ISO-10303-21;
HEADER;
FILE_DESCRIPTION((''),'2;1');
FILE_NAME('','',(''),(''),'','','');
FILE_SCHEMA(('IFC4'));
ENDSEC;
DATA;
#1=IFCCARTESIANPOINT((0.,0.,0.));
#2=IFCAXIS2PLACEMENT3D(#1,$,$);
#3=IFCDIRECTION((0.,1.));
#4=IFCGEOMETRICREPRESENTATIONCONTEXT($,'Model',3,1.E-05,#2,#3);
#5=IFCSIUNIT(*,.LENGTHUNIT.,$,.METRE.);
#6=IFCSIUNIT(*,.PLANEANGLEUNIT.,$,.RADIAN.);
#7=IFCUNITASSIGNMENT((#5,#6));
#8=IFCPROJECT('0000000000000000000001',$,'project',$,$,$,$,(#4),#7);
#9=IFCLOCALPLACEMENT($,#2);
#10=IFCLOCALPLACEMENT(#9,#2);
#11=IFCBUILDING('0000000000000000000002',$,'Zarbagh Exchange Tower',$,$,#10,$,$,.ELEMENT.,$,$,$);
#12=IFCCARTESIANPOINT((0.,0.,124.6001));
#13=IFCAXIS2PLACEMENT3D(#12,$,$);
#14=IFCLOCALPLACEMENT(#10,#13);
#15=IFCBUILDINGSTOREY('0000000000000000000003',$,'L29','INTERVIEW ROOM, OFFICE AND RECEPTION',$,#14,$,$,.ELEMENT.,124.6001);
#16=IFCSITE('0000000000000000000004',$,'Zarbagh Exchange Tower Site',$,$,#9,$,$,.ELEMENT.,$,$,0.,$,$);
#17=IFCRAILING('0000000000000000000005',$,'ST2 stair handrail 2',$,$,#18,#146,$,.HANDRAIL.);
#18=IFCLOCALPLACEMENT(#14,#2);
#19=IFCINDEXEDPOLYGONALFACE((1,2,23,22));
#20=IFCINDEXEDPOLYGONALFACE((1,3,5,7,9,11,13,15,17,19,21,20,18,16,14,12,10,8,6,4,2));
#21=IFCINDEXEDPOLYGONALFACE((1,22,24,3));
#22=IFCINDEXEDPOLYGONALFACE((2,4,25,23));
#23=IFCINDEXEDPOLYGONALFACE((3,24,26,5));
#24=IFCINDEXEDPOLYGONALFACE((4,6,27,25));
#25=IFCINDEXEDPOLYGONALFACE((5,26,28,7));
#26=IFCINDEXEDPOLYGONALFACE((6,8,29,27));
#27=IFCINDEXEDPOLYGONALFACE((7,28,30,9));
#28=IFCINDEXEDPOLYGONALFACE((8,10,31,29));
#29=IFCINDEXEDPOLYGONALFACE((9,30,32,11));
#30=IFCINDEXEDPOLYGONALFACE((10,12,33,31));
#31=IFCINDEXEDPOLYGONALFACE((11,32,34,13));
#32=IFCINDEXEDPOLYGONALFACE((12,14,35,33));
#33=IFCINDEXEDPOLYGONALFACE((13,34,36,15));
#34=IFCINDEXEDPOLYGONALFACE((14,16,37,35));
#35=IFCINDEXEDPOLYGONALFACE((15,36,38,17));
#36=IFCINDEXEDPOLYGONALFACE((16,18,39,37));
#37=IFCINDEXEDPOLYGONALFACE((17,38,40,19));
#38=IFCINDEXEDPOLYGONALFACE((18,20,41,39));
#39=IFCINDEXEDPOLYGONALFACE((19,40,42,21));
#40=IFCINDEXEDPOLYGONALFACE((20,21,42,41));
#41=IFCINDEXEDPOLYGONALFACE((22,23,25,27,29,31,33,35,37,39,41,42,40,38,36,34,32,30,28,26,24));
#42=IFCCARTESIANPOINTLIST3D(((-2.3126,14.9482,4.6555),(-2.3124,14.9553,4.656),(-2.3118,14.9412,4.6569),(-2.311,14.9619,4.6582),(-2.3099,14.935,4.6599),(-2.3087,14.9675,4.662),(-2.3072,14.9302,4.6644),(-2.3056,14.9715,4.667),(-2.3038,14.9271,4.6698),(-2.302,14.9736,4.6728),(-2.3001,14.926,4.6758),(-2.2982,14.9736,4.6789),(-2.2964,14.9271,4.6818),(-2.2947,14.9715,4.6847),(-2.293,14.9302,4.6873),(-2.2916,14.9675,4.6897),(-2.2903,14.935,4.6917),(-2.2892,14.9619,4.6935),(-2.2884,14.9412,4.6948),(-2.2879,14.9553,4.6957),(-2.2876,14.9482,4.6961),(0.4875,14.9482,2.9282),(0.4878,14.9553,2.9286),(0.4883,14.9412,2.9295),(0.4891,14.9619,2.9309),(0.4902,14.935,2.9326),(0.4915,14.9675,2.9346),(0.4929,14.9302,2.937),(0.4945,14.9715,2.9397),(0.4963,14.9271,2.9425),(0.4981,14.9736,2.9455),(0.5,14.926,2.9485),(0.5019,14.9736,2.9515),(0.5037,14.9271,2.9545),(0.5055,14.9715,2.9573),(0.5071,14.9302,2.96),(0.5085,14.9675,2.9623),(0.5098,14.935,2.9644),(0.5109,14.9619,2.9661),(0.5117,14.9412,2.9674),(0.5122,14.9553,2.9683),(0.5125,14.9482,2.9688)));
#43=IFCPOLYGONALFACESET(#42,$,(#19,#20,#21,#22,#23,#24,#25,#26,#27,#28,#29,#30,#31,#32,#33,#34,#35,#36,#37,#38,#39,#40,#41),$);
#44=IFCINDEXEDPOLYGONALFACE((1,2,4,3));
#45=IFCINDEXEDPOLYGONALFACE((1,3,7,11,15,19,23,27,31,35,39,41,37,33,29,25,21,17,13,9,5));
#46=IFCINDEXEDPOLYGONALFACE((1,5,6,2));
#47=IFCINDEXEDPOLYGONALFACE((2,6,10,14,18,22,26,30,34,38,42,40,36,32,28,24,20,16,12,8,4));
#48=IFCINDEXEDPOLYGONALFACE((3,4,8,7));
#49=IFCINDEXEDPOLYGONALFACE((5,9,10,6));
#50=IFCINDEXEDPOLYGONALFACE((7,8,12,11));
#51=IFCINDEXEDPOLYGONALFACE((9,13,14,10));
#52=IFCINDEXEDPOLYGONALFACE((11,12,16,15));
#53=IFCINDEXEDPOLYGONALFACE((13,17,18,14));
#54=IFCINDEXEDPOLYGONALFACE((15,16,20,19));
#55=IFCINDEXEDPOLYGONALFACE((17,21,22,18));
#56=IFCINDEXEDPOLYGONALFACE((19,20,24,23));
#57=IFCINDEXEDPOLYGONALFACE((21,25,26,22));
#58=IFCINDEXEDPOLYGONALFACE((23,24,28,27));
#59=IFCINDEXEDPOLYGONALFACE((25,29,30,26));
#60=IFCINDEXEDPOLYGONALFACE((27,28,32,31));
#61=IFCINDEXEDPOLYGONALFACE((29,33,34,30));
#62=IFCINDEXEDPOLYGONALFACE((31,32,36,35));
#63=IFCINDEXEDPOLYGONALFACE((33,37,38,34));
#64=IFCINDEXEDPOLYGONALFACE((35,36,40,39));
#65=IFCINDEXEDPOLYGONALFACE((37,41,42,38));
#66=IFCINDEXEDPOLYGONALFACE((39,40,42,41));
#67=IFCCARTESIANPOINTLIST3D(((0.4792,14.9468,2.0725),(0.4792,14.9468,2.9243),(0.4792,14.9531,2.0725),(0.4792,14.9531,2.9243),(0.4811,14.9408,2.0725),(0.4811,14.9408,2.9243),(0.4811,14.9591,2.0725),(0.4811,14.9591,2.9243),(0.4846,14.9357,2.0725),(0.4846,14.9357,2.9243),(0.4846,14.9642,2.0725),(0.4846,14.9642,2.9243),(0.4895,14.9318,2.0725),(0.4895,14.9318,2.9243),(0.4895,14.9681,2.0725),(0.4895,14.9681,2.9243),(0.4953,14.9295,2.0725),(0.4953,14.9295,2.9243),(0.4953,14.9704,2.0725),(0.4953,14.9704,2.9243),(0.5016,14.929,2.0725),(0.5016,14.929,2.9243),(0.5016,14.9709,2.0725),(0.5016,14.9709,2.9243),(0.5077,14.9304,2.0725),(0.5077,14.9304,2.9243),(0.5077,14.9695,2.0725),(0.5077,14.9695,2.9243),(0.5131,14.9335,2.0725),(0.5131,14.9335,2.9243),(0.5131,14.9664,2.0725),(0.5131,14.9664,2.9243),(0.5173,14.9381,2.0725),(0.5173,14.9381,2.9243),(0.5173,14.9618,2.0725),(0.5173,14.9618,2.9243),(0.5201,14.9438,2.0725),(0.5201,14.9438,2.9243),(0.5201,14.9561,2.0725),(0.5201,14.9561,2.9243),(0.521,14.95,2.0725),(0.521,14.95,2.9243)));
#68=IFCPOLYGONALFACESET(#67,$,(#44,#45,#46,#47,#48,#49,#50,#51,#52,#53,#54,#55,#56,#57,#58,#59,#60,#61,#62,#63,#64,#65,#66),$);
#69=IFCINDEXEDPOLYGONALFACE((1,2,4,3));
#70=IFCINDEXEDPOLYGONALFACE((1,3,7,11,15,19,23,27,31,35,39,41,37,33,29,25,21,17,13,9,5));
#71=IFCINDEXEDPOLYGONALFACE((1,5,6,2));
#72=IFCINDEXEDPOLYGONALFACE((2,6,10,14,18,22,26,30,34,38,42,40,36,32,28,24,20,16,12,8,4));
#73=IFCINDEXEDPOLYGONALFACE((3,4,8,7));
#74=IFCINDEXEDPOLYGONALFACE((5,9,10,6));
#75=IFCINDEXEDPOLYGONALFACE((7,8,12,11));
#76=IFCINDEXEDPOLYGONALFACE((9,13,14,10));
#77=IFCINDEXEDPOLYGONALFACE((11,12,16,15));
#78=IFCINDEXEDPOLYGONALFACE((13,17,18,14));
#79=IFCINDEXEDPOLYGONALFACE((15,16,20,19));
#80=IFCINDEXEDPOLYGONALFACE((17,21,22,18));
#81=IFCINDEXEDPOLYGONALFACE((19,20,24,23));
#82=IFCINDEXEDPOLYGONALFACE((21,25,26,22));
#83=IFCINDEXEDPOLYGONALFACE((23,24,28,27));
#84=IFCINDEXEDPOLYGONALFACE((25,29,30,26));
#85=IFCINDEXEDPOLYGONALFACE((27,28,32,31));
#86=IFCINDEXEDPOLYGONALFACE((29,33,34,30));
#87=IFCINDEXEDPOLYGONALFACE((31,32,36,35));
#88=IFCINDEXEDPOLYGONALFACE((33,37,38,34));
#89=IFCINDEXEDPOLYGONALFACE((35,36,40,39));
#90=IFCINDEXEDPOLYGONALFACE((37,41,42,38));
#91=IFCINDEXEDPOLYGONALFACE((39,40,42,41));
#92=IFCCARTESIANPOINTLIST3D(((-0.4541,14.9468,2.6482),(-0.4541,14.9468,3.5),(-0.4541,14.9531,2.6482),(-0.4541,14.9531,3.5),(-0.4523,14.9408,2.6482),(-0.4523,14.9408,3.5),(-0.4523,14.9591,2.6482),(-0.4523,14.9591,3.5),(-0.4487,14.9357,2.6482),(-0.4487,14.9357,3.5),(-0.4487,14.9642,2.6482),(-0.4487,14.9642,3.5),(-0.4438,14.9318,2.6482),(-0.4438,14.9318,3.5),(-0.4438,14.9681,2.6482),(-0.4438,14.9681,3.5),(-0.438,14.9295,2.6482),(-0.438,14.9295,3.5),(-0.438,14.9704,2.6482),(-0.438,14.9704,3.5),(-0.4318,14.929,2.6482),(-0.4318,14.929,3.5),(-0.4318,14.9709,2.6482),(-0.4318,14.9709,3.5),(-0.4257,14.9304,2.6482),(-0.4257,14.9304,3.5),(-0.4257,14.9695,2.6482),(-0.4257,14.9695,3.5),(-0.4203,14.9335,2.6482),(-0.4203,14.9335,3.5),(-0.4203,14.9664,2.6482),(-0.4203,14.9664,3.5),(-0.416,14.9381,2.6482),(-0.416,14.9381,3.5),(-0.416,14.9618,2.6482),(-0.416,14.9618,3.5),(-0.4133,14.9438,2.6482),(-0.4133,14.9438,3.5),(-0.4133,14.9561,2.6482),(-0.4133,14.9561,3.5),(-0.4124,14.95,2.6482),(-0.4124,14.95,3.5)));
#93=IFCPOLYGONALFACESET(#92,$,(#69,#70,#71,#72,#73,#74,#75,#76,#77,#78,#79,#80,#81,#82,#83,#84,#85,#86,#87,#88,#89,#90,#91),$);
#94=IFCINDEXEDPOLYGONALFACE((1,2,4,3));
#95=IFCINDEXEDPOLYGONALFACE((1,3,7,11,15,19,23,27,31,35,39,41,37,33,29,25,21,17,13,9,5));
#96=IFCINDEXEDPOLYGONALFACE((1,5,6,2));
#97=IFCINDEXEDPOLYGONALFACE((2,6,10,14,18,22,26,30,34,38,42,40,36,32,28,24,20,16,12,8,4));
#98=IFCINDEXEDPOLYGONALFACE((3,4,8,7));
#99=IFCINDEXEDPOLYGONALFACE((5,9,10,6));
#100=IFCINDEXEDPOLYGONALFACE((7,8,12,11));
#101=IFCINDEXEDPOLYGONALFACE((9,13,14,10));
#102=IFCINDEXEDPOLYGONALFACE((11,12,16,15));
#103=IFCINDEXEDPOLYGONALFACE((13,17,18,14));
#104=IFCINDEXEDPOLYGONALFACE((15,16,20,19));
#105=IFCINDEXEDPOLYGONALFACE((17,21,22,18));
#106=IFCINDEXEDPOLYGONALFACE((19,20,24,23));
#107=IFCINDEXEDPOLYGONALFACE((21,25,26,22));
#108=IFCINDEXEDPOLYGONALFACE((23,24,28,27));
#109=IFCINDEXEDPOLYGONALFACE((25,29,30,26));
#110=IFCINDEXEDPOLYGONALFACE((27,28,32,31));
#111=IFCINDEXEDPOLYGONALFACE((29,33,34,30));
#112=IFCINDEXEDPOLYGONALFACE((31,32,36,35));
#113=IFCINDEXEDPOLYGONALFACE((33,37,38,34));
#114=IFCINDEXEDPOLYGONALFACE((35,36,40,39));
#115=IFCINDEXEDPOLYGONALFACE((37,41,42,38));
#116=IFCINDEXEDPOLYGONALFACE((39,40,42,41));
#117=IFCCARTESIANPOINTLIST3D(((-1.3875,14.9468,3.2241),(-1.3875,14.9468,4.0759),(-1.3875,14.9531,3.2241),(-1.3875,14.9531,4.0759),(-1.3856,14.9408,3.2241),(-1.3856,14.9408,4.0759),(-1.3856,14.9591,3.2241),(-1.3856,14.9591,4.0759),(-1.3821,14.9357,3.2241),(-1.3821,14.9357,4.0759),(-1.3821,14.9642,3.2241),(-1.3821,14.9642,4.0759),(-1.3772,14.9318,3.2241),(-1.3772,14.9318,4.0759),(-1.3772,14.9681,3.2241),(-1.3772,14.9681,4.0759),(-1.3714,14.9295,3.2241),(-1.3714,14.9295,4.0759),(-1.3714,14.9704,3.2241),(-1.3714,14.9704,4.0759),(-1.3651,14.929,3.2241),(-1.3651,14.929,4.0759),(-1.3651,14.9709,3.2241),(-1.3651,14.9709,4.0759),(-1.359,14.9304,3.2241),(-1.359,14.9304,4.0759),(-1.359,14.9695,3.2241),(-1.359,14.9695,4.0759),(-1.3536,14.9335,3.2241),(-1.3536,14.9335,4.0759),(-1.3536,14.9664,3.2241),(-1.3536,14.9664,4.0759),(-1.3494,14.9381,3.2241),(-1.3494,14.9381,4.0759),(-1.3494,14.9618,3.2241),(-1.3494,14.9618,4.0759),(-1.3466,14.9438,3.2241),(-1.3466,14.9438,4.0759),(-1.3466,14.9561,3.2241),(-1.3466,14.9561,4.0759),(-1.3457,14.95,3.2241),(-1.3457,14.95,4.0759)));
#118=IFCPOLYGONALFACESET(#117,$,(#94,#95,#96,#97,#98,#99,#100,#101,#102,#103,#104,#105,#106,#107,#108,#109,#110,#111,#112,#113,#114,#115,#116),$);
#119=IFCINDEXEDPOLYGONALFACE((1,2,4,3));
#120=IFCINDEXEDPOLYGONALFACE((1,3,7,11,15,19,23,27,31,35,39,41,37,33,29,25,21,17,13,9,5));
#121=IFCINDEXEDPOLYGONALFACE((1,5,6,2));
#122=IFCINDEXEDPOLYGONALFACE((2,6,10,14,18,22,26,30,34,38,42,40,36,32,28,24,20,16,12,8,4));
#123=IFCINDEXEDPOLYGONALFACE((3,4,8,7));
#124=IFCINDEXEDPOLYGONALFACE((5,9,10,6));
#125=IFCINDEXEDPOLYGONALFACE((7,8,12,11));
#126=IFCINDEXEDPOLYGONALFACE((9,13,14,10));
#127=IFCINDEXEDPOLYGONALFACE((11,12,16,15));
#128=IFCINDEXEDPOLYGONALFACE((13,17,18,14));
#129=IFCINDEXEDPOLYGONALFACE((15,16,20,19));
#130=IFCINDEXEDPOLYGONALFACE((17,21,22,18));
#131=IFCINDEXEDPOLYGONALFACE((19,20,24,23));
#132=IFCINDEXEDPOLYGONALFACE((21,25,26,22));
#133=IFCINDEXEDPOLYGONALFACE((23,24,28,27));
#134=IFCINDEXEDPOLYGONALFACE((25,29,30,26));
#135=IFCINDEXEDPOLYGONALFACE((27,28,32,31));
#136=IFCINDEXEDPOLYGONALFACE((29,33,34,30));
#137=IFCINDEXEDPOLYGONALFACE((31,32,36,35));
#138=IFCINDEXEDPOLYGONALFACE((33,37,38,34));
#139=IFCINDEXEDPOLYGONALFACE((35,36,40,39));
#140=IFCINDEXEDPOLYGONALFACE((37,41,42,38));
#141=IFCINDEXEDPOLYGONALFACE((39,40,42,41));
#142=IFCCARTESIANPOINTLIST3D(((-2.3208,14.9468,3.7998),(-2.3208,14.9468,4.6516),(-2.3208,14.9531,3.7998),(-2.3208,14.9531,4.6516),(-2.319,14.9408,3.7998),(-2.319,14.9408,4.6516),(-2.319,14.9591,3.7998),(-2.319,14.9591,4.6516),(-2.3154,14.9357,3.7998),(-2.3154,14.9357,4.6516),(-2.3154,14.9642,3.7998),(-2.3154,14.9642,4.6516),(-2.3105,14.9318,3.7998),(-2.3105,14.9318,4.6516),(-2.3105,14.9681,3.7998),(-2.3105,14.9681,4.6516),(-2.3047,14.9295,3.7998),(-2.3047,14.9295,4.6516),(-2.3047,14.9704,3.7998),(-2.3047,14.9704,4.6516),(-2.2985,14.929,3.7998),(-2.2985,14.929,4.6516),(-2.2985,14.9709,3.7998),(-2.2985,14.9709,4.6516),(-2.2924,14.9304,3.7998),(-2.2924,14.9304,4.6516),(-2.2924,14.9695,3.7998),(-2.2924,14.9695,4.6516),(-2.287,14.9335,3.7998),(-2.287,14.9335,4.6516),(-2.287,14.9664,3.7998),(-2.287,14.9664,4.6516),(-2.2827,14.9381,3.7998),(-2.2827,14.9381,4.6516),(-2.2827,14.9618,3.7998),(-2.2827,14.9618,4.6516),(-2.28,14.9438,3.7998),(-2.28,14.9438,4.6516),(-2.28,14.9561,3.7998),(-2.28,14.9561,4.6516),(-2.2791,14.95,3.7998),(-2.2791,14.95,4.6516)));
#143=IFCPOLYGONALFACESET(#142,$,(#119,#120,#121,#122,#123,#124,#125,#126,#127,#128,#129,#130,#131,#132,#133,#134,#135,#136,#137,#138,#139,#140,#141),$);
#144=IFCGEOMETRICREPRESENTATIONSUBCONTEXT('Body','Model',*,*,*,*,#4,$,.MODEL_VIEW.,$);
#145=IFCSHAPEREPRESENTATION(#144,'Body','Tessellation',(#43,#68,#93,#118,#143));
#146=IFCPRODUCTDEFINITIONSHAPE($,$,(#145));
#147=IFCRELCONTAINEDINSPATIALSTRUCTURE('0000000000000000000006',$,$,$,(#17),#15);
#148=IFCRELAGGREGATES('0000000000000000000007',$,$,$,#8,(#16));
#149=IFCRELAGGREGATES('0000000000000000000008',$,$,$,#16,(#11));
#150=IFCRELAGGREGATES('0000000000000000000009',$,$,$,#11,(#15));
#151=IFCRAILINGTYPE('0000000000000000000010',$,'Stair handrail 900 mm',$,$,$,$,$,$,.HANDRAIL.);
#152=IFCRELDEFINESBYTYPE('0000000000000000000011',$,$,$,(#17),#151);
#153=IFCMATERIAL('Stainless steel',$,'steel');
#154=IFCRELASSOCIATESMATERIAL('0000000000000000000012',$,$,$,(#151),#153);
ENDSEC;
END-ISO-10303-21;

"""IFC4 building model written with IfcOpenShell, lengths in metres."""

from ifc_helpers import new_model, si_unit, direction, frame, origin, origin_2d, place, context, subcontext, project, spatial, circle, extrude, material, type_object, element, save


model = new_model("IFC4")

# Units and contexts
model_context = context("Model", 3, precision=1e-05, world=origin(), true_north=direction((0.0, 1.0)))
body_context = subcontext(model_context, "Body", "Model", "MODEL_VIEW")
ifc_project = project(units=[si_unit("LENGTHUNIT", "METRE"), si_unit("PLANEANGLEUNIT", "RADIAN")], contexts=[model_context])

# Site, building, storey
site_placement = place(None, origin())
site = spatial("IfcSite", under=ifc_project, at=site_placement, Name="Zarbagh Exchange Tower Site", CompositionType="ELEMENT", RefElevation=0.0)
building_placement = place(site_placement, origin())
building = spatial("IfcBuilding", under=site, at=building_placement, Name="Zarbagh Exchange Tower", CompositionType="ELEMENT")
storey_placement = place(building_placement, frame((0.0, 0.0, 124.6001)))
storey = spatial("IfcBuildingStorey", under=building, at=storey_placement, Name="L29", Description="INTERVIEW ROOM, OFFICE AND RECEPTION", CompositionType="ELEMENT", Elevation=124.6001)

# Shared definitions
ifc_material_1 = material(Name="Stainless steel", Category="steel")

# Railing
railing_type = type_object("IfcRailingType", Name="Stair handrail 900 mm", PredefinedType="HANDRAIL", material=ifc_material_1)
railing_placement = place(storey_placement, frame((0.5, 14.95, 2.0725)))
element("IfcRailing", 1, at=railing_placement, inside=storey, type_object=railing_type, Name="ST2 stair handrail 2", PredefinedType="HANDRAIL", context=body_context, shape_type="SweptSolid", body=[
    extrude(circle(Radius=0.0239, at=origin_2d()), frame((0.0, 0.0, 0.876), z_axis=(-0.85109, 0.0, 0.52502), x_axis=(0.0, -1.0, 0.0)), (0.0, 0.0, 1.0), 3.29),
    extrude(circle(Radius=0.021, at=origin_2d()), origin(), (0.0, 0.0, 1.0), 0.8518),
    extrude(circle(Radius=0.021, at=origin_2d()), frame((-0.9333, 0.0, 0.5757)), (0.0, 0.0, 1.0), 0.8518),
    extrude(circle(Radius=0.021, at=origin_2d()), frame((-1.8667, 0.0, 1.1516)), (0.0, 0.0, 1.0), 0.8518),
    extrude(circle(Radius=0.021, at=origin_2d()), frame((-2.8, 0.0, 1.7273)), (0.0, 0.0, 1.0), 0.8518),
])

save(model, "model.ifc")
